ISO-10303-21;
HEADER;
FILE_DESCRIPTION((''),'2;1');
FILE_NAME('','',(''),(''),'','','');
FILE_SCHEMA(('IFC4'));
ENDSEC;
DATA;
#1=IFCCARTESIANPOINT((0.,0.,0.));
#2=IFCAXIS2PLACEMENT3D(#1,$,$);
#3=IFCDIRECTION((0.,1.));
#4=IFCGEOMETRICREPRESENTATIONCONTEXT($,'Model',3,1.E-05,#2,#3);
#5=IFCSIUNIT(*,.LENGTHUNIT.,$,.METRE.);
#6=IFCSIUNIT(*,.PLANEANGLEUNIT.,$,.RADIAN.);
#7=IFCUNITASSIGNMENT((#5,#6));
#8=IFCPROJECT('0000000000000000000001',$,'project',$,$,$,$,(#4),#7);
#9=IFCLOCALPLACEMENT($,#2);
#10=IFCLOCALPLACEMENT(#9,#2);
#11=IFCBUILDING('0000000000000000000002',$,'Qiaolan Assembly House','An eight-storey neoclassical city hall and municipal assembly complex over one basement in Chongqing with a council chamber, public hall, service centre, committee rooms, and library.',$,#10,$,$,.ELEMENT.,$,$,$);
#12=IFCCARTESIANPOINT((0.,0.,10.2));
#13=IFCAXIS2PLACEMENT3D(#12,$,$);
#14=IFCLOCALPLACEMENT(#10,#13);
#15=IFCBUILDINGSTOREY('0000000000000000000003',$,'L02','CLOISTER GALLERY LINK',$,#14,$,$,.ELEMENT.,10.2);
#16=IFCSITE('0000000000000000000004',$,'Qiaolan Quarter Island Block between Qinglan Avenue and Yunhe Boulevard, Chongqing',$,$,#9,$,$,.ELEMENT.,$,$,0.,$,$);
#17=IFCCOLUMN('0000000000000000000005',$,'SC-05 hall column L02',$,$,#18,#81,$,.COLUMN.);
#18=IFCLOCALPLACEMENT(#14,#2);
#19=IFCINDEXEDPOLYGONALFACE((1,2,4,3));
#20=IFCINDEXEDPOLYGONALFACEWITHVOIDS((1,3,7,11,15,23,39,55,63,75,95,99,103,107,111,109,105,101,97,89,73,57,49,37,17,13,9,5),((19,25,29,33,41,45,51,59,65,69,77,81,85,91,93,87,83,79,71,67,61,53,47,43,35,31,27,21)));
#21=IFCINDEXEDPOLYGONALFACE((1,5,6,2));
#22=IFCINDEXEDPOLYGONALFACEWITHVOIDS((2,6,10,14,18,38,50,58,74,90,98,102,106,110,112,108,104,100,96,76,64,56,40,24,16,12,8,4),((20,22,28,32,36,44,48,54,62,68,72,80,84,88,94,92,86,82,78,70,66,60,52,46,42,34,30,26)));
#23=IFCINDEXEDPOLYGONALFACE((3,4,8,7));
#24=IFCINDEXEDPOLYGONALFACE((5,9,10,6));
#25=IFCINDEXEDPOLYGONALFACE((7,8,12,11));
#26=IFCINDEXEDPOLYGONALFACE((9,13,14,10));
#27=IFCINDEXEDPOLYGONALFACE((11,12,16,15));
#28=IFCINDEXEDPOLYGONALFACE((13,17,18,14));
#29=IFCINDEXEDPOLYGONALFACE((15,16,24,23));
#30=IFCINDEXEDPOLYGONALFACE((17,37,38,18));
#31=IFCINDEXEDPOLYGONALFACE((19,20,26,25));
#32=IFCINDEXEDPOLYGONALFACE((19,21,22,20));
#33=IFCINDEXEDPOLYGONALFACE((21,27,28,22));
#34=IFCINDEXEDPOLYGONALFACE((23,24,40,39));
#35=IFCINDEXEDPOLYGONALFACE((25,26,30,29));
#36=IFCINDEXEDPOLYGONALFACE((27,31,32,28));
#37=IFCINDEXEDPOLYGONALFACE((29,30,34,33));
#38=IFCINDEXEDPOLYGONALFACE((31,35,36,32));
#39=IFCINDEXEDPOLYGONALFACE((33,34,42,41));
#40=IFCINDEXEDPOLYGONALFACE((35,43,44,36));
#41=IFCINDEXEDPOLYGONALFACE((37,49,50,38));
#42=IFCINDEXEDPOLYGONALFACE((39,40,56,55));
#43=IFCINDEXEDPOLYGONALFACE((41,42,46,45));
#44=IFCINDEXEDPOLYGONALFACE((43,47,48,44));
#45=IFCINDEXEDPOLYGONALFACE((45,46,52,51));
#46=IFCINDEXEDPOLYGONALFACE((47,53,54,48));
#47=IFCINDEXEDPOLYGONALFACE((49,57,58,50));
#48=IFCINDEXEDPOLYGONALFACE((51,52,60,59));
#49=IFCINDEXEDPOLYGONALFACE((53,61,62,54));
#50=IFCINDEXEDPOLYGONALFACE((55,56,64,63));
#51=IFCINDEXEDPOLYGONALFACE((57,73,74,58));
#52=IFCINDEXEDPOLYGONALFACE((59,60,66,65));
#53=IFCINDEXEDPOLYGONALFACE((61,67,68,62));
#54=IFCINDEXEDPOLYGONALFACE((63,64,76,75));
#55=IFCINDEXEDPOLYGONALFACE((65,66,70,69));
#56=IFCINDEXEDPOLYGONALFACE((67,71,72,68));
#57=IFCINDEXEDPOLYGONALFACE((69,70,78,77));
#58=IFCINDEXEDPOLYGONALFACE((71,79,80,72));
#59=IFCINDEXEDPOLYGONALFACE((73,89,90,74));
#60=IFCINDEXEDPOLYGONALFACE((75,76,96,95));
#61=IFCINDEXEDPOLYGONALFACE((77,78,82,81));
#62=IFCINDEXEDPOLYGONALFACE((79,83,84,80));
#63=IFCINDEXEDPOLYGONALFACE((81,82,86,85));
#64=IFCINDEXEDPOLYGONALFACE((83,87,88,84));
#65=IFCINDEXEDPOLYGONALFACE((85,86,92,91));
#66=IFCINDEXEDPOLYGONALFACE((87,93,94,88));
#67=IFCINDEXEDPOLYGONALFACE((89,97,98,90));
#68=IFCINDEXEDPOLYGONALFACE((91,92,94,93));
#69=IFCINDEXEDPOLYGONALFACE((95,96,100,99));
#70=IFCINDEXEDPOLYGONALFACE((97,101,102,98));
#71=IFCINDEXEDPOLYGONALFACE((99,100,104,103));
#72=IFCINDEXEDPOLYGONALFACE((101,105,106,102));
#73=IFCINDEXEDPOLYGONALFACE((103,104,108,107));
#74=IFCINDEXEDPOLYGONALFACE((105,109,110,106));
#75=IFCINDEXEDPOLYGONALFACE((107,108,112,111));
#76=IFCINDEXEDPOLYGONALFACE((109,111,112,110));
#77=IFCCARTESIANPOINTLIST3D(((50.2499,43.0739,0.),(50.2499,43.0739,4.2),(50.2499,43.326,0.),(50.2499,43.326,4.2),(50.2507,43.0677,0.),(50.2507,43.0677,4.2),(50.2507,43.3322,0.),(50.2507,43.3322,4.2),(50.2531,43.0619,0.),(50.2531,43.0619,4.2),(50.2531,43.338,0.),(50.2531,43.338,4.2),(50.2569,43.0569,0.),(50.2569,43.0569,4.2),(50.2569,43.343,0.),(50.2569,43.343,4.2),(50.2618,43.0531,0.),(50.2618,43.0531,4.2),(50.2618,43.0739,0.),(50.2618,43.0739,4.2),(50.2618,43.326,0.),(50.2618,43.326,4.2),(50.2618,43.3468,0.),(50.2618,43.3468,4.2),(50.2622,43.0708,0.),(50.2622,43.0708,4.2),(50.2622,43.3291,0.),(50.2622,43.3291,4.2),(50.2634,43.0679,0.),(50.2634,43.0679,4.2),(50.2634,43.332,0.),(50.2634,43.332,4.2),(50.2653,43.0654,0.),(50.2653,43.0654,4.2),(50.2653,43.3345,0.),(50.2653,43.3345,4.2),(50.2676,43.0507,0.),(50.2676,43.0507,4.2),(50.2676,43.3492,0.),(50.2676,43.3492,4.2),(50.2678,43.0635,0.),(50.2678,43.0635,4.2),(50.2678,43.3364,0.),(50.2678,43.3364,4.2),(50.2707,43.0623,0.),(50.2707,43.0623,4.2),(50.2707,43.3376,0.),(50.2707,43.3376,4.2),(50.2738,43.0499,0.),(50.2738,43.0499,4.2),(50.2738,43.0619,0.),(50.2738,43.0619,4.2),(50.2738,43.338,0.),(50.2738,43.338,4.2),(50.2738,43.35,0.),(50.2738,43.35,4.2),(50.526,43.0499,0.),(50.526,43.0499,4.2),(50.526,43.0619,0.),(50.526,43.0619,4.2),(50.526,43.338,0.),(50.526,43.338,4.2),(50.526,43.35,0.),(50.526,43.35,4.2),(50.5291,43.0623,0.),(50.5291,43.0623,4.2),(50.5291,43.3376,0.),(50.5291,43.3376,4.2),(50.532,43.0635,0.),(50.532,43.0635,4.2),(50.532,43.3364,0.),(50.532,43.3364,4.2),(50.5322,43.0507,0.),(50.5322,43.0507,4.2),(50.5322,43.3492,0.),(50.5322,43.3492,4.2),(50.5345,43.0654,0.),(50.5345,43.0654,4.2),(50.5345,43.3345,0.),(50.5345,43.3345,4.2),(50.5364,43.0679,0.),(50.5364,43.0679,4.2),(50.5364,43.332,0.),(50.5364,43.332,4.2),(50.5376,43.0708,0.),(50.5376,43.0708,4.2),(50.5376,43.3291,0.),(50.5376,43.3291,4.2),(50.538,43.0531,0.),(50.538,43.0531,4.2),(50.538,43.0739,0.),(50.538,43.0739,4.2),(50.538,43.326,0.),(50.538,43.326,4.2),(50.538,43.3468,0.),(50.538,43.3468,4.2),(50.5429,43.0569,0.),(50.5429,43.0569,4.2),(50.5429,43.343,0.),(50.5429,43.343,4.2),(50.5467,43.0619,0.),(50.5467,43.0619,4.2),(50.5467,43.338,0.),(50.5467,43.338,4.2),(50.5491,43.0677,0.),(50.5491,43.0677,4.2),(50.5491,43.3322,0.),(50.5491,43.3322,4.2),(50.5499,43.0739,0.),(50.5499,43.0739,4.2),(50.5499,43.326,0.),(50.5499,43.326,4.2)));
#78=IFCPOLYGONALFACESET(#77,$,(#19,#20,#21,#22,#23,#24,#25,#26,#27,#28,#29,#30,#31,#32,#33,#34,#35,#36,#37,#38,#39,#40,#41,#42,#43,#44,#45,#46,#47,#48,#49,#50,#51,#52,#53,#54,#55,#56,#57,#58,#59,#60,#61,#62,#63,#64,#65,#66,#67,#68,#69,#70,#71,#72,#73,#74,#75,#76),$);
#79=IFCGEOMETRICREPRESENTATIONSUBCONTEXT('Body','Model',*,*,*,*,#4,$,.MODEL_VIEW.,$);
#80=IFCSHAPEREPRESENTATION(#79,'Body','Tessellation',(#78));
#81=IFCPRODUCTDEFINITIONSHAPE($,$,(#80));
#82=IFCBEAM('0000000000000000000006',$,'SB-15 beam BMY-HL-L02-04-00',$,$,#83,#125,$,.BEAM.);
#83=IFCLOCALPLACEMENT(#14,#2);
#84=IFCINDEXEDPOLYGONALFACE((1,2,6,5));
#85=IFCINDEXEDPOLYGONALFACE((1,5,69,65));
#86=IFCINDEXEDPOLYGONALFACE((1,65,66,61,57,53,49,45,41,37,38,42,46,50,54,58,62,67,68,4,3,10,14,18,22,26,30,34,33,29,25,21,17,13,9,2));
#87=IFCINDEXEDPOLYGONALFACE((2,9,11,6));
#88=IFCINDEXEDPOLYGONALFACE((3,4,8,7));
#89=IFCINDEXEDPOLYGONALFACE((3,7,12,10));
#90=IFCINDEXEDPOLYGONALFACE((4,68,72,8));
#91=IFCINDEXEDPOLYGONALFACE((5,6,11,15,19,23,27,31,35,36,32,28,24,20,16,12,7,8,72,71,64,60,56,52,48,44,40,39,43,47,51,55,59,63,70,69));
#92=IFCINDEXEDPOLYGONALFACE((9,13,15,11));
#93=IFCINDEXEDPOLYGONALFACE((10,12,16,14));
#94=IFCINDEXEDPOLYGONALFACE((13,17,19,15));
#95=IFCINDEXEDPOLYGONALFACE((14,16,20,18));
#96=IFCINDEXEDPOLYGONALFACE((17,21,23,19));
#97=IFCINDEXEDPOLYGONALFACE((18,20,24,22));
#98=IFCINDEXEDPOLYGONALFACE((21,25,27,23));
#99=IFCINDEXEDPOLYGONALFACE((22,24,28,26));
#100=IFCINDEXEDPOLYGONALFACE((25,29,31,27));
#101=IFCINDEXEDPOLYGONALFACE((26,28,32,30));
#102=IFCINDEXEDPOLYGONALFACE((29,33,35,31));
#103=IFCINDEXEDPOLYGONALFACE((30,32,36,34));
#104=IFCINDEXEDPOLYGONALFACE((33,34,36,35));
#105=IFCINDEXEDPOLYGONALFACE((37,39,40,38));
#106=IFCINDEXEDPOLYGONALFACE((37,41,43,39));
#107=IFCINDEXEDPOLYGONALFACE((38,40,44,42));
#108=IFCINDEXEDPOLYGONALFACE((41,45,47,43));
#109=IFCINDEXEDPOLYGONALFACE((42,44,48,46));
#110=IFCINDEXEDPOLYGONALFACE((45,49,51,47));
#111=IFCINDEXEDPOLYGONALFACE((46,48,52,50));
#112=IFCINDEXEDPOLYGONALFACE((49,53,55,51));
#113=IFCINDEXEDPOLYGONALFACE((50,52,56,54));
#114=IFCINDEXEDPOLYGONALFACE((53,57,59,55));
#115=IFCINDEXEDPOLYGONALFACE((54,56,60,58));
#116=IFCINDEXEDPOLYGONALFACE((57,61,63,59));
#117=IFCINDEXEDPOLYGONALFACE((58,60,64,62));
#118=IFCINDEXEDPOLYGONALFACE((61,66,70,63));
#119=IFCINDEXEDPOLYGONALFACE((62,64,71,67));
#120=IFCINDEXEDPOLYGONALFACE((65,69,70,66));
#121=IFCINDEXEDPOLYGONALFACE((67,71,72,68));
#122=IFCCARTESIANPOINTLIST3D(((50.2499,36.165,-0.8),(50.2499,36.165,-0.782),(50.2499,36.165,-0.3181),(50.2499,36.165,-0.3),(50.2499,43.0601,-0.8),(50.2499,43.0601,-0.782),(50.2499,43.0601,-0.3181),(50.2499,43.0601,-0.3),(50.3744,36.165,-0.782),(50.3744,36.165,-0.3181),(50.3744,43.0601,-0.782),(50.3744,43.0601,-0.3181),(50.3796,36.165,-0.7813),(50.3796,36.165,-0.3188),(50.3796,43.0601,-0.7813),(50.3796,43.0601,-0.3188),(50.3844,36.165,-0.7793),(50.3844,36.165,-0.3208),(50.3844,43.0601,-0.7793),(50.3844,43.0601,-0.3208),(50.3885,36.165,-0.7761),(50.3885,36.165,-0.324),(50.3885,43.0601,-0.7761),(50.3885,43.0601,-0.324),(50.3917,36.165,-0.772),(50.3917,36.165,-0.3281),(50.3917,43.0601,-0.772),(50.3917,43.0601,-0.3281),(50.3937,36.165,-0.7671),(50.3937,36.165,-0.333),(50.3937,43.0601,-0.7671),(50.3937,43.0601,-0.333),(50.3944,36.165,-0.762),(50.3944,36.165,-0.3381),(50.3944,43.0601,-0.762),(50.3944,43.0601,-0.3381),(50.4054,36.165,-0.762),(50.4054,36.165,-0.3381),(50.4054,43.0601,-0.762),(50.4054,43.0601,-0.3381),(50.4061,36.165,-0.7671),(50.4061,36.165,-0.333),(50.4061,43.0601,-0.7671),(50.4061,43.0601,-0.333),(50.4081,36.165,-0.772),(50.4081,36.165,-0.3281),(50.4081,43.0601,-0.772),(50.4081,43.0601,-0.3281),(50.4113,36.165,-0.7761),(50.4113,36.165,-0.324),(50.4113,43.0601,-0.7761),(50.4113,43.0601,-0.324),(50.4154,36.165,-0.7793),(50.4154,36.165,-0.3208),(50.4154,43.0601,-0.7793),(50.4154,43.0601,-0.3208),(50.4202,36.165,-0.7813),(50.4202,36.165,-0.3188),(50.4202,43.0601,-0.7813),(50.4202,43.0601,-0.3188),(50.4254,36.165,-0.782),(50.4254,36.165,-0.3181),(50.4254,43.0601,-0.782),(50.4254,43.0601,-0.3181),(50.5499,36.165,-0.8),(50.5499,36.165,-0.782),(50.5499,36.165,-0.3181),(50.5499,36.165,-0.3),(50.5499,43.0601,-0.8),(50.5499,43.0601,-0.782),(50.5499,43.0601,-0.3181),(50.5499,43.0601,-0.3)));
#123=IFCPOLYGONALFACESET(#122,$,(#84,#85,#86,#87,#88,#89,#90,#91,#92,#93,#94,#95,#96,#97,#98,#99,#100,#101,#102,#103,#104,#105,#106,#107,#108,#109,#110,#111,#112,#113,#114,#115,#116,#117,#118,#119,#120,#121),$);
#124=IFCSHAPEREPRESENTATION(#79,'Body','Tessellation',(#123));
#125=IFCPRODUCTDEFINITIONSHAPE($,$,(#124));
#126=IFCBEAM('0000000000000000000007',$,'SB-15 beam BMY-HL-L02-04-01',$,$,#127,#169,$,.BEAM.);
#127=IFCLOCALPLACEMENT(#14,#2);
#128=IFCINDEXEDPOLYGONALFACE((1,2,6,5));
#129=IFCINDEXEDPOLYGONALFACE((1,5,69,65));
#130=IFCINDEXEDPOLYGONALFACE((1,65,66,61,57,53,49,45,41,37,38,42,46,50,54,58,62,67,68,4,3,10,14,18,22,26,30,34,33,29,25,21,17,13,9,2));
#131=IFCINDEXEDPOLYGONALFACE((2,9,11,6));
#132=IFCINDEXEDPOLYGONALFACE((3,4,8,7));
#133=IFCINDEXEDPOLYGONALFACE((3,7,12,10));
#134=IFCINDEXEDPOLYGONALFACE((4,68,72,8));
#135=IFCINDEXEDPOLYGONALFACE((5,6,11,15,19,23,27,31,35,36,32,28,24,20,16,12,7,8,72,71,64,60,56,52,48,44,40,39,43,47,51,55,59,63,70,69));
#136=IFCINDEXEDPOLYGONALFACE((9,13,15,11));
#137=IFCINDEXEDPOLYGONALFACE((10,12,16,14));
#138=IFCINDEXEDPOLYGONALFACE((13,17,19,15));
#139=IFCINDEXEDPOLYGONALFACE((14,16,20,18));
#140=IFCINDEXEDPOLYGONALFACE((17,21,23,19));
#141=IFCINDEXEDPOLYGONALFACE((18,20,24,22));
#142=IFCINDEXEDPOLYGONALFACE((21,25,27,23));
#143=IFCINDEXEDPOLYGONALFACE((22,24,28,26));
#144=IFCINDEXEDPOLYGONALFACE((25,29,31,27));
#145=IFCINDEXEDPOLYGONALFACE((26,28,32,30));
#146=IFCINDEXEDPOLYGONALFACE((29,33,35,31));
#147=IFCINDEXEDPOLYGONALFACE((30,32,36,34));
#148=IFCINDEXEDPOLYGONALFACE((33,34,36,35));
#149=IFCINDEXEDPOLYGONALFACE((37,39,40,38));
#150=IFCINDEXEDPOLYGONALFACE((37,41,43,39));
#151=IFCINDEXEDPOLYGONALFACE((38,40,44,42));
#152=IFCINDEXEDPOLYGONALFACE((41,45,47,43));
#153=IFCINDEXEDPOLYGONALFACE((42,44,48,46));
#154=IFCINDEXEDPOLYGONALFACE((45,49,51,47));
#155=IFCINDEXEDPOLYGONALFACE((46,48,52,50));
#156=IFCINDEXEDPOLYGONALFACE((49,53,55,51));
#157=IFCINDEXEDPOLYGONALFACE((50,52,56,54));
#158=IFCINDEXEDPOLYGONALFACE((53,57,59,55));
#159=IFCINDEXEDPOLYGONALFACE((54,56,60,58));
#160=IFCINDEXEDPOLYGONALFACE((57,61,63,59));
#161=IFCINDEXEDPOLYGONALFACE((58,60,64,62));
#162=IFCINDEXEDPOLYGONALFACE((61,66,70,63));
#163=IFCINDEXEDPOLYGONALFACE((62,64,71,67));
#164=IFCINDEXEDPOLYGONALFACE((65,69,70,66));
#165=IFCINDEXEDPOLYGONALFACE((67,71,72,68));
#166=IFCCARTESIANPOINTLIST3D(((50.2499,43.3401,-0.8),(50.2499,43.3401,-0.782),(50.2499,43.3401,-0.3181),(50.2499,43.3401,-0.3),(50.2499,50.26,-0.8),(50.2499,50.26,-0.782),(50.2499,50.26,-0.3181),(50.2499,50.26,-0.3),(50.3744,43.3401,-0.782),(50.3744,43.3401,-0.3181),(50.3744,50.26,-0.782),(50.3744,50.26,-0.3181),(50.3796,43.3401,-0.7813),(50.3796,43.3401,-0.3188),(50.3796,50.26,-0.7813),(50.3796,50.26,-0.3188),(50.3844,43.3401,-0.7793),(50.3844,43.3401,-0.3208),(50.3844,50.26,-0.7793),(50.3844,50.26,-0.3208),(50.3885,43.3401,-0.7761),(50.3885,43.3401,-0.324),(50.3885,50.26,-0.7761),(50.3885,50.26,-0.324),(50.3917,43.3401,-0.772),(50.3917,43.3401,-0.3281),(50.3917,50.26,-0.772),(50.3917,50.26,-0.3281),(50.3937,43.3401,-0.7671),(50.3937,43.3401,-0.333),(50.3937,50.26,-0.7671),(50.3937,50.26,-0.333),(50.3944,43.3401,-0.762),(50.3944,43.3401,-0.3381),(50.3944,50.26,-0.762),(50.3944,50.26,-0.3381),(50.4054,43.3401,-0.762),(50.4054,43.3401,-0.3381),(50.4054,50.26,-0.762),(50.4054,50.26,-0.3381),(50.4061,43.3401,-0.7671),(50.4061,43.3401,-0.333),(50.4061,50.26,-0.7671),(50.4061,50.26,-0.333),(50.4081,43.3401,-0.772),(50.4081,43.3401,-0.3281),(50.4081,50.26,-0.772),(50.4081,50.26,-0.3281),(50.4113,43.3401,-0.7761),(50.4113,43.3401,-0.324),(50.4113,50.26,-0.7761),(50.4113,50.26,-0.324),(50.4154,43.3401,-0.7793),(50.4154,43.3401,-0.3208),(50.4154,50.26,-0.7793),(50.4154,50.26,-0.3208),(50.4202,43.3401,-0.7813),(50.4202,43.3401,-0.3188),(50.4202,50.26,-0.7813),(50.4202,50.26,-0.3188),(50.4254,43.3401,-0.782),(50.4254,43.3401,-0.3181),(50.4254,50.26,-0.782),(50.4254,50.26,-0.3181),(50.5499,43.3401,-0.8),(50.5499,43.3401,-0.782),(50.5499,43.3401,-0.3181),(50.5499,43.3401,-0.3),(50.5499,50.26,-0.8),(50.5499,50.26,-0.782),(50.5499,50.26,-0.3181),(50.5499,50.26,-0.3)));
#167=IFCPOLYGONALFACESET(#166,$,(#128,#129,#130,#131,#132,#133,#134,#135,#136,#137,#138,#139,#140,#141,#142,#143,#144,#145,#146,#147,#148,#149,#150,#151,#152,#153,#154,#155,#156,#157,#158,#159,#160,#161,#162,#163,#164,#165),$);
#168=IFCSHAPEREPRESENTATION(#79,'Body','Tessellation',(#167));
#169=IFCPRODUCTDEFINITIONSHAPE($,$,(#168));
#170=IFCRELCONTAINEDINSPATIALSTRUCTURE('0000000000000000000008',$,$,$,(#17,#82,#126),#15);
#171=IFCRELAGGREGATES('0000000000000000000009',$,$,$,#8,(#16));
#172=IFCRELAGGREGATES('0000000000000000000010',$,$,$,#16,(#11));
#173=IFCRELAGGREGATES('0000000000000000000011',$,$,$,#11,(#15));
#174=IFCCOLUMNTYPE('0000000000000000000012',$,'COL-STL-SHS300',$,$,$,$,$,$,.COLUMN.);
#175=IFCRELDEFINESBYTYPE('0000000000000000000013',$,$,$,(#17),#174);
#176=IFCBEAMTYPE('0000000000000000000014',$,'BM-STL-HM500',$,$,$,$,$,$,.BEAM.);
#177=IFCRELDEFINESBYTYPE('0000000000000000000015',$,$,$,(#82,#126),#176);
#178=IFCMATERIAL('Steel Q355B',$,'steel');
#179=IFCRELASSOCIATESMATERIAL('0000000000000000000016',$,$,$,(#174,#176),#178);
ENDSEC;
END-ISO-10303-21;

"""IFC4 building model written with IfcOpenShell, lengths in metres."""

from ifc_helpers import new_model, si_unit, direction, frame, origin, origin_2d, place, context, subcontext, project, spatial, hollow_rectangle, i_section, extrude, material, material_profile, profile_set, type_object, element, save


model = new_model("IFC4")

# Units and contexts
model_context = context("Model", 3, precision=1e-05, world=origin(), true_north=direction((0.0, 1.0)))
body_context = subcontext(model_context, "Body", "Model", "MODEL_VIEW")
ifc_project = project(units=[si_unit("LENGTHUNIT", "METRE"), si_unit("PLANEANGLEUNIT", "RADIAN")], contexts=[model_context])

# Site, building, storey
site_placement = place(None, origin())
site = spatial("IfcSite", under=ifc_project, at=site_placement, Name="Qiaolan Quarter Island Block between Qinglan Avenue and Yunhe Boulevard, Chongqing", CompositionType="ELEMENT", RefElevation=0.0)
building_placement = place(site_placement, origin())
building = spatial("IfcBuilding", under=site, at=building_placement, Name="Qiaolan Assembly House", Description="An eight-storey neoclassical city hall and municipal assembly complex over one basement in Chongqing with a council chamber, public hall, service centre, committee rooms, and library.", CompositionType="ELEMENT")
storey_placement = place(building_placement, frame((0.0, 0.0, 10.2)))
storey = spatial("IfcBuildingStorey", under=building, at=storey_placement, Name="L02", Description="CLOISTER GALLERY LINK", CompositionType="ELEMENT", Elevation=10.2)

# Column
ifc_material_1 = material(Name="Steel Q355B", Category="steel")
ifc_material_profile_1 = material_profile(ifc_material_1, hollow_rectangle(XDim=0.3, YDim=0.3, WallThickness=0.012, InnerFilletRadius=0.012, OuterFilletRadius=0.0239, at=origin_2d()), Name="SHS 300x300x12")
ifc_profile_set_1 = profile_set([ifc_material_profile_1], Name="Steel Q355B")
column_type_1 = type_object("IfcColumnType", Name="COL-STL-SHS300", PredefinedType="COLUMN", material=ifc_profile_set_1)
column_placement = place(storey_placement, frame((50.3999, 43.2, 0.0), z_axis=(0.0, 0.0, 1.0), x_axis=(1.0, 0.0, 0.0)))
element("IfcColumn", 1, at=column_placement, inside=storey, type_object=column_type_1, Name="SC-05 hall column L02", PredefinedType="COLUMN", context=body_context, shape_type="SweptSolid", body=[
    extrude(hollow_rectangle(XDim=0.3, YDim=0.3, WallThickness=0.012, InnerFilletRadius=0.012, OuterFilletRadius=0.0239, at=origin_2d()), origin(), (0.0, 0.0, 1.0), 4.2),
])

# Beams
ifc_material_profile_2 = material_profile(ifc_material_1, i_section(OverallWidth=0.3, OverallDepth=0.5, WebThickness=0.011, FlangeThickness=0.0181, FilletRadius=0.02, at=origin_2d()), Name="HM 500x300x11x18")
ifc_profile_set_2 = profile_set([ifc_material_profile_2], Name="Steel Q355B")
beam_type_1 = type_object("IfcBeamType", Name="BM-STL-HM500", PredefinedType="BEAM", material=ifc_profile_set_2)
beam_1_placement = place(storey_placement, frame((50.3999, 36.165, -0.55), z_axis=(0.0, 1.0, 0.0), x_axis=(-1.0, 0.0, 0.0)))
element("IfcBeam", 2, at=beam_1_placement, inside=storey, type_object=beam_type_1, Name="SB-15 beam BMY-HL-L02-04-00", PredefinedType="BEAM", context=body_context, shape_type="SweptSolid", body=[
    extrude(i_section(OverallWidth=0.3, OverallDepth=0.5, WebThickness=0.011, FlangeThickness=0.0181, FilletRadius=0.02, at=origin_2d()), origin(), (0.0, 0.0, 1.0), 6.895),
])
beam_2_placement = place(storey_placement, frame((50.3999, 43.3401, -0.55), z_axis=(0.0, 1.0, 0.0), x_axis=(-1.0, 0.0, 0.0)))
element("IfcBeam", 3, at=beam_2_placement, inside=storey, type_object=beam_type_1, Name="SB-15 beam BMY-HL-L02-04-01", PredefinedType="BEAM", context=body_context, shape_type="SweptSolid", body=[
    extrude(i_section(OverallWidth=0.3, OverallDepth=0.5, WebThickness=0.011, FlangeThickness=0.0181, FilletRadius=0.02, at=origin_2d()), origin(), (0.0, 0.0, 1.0), 6.9199),
])

save(model, "model.ifc")
